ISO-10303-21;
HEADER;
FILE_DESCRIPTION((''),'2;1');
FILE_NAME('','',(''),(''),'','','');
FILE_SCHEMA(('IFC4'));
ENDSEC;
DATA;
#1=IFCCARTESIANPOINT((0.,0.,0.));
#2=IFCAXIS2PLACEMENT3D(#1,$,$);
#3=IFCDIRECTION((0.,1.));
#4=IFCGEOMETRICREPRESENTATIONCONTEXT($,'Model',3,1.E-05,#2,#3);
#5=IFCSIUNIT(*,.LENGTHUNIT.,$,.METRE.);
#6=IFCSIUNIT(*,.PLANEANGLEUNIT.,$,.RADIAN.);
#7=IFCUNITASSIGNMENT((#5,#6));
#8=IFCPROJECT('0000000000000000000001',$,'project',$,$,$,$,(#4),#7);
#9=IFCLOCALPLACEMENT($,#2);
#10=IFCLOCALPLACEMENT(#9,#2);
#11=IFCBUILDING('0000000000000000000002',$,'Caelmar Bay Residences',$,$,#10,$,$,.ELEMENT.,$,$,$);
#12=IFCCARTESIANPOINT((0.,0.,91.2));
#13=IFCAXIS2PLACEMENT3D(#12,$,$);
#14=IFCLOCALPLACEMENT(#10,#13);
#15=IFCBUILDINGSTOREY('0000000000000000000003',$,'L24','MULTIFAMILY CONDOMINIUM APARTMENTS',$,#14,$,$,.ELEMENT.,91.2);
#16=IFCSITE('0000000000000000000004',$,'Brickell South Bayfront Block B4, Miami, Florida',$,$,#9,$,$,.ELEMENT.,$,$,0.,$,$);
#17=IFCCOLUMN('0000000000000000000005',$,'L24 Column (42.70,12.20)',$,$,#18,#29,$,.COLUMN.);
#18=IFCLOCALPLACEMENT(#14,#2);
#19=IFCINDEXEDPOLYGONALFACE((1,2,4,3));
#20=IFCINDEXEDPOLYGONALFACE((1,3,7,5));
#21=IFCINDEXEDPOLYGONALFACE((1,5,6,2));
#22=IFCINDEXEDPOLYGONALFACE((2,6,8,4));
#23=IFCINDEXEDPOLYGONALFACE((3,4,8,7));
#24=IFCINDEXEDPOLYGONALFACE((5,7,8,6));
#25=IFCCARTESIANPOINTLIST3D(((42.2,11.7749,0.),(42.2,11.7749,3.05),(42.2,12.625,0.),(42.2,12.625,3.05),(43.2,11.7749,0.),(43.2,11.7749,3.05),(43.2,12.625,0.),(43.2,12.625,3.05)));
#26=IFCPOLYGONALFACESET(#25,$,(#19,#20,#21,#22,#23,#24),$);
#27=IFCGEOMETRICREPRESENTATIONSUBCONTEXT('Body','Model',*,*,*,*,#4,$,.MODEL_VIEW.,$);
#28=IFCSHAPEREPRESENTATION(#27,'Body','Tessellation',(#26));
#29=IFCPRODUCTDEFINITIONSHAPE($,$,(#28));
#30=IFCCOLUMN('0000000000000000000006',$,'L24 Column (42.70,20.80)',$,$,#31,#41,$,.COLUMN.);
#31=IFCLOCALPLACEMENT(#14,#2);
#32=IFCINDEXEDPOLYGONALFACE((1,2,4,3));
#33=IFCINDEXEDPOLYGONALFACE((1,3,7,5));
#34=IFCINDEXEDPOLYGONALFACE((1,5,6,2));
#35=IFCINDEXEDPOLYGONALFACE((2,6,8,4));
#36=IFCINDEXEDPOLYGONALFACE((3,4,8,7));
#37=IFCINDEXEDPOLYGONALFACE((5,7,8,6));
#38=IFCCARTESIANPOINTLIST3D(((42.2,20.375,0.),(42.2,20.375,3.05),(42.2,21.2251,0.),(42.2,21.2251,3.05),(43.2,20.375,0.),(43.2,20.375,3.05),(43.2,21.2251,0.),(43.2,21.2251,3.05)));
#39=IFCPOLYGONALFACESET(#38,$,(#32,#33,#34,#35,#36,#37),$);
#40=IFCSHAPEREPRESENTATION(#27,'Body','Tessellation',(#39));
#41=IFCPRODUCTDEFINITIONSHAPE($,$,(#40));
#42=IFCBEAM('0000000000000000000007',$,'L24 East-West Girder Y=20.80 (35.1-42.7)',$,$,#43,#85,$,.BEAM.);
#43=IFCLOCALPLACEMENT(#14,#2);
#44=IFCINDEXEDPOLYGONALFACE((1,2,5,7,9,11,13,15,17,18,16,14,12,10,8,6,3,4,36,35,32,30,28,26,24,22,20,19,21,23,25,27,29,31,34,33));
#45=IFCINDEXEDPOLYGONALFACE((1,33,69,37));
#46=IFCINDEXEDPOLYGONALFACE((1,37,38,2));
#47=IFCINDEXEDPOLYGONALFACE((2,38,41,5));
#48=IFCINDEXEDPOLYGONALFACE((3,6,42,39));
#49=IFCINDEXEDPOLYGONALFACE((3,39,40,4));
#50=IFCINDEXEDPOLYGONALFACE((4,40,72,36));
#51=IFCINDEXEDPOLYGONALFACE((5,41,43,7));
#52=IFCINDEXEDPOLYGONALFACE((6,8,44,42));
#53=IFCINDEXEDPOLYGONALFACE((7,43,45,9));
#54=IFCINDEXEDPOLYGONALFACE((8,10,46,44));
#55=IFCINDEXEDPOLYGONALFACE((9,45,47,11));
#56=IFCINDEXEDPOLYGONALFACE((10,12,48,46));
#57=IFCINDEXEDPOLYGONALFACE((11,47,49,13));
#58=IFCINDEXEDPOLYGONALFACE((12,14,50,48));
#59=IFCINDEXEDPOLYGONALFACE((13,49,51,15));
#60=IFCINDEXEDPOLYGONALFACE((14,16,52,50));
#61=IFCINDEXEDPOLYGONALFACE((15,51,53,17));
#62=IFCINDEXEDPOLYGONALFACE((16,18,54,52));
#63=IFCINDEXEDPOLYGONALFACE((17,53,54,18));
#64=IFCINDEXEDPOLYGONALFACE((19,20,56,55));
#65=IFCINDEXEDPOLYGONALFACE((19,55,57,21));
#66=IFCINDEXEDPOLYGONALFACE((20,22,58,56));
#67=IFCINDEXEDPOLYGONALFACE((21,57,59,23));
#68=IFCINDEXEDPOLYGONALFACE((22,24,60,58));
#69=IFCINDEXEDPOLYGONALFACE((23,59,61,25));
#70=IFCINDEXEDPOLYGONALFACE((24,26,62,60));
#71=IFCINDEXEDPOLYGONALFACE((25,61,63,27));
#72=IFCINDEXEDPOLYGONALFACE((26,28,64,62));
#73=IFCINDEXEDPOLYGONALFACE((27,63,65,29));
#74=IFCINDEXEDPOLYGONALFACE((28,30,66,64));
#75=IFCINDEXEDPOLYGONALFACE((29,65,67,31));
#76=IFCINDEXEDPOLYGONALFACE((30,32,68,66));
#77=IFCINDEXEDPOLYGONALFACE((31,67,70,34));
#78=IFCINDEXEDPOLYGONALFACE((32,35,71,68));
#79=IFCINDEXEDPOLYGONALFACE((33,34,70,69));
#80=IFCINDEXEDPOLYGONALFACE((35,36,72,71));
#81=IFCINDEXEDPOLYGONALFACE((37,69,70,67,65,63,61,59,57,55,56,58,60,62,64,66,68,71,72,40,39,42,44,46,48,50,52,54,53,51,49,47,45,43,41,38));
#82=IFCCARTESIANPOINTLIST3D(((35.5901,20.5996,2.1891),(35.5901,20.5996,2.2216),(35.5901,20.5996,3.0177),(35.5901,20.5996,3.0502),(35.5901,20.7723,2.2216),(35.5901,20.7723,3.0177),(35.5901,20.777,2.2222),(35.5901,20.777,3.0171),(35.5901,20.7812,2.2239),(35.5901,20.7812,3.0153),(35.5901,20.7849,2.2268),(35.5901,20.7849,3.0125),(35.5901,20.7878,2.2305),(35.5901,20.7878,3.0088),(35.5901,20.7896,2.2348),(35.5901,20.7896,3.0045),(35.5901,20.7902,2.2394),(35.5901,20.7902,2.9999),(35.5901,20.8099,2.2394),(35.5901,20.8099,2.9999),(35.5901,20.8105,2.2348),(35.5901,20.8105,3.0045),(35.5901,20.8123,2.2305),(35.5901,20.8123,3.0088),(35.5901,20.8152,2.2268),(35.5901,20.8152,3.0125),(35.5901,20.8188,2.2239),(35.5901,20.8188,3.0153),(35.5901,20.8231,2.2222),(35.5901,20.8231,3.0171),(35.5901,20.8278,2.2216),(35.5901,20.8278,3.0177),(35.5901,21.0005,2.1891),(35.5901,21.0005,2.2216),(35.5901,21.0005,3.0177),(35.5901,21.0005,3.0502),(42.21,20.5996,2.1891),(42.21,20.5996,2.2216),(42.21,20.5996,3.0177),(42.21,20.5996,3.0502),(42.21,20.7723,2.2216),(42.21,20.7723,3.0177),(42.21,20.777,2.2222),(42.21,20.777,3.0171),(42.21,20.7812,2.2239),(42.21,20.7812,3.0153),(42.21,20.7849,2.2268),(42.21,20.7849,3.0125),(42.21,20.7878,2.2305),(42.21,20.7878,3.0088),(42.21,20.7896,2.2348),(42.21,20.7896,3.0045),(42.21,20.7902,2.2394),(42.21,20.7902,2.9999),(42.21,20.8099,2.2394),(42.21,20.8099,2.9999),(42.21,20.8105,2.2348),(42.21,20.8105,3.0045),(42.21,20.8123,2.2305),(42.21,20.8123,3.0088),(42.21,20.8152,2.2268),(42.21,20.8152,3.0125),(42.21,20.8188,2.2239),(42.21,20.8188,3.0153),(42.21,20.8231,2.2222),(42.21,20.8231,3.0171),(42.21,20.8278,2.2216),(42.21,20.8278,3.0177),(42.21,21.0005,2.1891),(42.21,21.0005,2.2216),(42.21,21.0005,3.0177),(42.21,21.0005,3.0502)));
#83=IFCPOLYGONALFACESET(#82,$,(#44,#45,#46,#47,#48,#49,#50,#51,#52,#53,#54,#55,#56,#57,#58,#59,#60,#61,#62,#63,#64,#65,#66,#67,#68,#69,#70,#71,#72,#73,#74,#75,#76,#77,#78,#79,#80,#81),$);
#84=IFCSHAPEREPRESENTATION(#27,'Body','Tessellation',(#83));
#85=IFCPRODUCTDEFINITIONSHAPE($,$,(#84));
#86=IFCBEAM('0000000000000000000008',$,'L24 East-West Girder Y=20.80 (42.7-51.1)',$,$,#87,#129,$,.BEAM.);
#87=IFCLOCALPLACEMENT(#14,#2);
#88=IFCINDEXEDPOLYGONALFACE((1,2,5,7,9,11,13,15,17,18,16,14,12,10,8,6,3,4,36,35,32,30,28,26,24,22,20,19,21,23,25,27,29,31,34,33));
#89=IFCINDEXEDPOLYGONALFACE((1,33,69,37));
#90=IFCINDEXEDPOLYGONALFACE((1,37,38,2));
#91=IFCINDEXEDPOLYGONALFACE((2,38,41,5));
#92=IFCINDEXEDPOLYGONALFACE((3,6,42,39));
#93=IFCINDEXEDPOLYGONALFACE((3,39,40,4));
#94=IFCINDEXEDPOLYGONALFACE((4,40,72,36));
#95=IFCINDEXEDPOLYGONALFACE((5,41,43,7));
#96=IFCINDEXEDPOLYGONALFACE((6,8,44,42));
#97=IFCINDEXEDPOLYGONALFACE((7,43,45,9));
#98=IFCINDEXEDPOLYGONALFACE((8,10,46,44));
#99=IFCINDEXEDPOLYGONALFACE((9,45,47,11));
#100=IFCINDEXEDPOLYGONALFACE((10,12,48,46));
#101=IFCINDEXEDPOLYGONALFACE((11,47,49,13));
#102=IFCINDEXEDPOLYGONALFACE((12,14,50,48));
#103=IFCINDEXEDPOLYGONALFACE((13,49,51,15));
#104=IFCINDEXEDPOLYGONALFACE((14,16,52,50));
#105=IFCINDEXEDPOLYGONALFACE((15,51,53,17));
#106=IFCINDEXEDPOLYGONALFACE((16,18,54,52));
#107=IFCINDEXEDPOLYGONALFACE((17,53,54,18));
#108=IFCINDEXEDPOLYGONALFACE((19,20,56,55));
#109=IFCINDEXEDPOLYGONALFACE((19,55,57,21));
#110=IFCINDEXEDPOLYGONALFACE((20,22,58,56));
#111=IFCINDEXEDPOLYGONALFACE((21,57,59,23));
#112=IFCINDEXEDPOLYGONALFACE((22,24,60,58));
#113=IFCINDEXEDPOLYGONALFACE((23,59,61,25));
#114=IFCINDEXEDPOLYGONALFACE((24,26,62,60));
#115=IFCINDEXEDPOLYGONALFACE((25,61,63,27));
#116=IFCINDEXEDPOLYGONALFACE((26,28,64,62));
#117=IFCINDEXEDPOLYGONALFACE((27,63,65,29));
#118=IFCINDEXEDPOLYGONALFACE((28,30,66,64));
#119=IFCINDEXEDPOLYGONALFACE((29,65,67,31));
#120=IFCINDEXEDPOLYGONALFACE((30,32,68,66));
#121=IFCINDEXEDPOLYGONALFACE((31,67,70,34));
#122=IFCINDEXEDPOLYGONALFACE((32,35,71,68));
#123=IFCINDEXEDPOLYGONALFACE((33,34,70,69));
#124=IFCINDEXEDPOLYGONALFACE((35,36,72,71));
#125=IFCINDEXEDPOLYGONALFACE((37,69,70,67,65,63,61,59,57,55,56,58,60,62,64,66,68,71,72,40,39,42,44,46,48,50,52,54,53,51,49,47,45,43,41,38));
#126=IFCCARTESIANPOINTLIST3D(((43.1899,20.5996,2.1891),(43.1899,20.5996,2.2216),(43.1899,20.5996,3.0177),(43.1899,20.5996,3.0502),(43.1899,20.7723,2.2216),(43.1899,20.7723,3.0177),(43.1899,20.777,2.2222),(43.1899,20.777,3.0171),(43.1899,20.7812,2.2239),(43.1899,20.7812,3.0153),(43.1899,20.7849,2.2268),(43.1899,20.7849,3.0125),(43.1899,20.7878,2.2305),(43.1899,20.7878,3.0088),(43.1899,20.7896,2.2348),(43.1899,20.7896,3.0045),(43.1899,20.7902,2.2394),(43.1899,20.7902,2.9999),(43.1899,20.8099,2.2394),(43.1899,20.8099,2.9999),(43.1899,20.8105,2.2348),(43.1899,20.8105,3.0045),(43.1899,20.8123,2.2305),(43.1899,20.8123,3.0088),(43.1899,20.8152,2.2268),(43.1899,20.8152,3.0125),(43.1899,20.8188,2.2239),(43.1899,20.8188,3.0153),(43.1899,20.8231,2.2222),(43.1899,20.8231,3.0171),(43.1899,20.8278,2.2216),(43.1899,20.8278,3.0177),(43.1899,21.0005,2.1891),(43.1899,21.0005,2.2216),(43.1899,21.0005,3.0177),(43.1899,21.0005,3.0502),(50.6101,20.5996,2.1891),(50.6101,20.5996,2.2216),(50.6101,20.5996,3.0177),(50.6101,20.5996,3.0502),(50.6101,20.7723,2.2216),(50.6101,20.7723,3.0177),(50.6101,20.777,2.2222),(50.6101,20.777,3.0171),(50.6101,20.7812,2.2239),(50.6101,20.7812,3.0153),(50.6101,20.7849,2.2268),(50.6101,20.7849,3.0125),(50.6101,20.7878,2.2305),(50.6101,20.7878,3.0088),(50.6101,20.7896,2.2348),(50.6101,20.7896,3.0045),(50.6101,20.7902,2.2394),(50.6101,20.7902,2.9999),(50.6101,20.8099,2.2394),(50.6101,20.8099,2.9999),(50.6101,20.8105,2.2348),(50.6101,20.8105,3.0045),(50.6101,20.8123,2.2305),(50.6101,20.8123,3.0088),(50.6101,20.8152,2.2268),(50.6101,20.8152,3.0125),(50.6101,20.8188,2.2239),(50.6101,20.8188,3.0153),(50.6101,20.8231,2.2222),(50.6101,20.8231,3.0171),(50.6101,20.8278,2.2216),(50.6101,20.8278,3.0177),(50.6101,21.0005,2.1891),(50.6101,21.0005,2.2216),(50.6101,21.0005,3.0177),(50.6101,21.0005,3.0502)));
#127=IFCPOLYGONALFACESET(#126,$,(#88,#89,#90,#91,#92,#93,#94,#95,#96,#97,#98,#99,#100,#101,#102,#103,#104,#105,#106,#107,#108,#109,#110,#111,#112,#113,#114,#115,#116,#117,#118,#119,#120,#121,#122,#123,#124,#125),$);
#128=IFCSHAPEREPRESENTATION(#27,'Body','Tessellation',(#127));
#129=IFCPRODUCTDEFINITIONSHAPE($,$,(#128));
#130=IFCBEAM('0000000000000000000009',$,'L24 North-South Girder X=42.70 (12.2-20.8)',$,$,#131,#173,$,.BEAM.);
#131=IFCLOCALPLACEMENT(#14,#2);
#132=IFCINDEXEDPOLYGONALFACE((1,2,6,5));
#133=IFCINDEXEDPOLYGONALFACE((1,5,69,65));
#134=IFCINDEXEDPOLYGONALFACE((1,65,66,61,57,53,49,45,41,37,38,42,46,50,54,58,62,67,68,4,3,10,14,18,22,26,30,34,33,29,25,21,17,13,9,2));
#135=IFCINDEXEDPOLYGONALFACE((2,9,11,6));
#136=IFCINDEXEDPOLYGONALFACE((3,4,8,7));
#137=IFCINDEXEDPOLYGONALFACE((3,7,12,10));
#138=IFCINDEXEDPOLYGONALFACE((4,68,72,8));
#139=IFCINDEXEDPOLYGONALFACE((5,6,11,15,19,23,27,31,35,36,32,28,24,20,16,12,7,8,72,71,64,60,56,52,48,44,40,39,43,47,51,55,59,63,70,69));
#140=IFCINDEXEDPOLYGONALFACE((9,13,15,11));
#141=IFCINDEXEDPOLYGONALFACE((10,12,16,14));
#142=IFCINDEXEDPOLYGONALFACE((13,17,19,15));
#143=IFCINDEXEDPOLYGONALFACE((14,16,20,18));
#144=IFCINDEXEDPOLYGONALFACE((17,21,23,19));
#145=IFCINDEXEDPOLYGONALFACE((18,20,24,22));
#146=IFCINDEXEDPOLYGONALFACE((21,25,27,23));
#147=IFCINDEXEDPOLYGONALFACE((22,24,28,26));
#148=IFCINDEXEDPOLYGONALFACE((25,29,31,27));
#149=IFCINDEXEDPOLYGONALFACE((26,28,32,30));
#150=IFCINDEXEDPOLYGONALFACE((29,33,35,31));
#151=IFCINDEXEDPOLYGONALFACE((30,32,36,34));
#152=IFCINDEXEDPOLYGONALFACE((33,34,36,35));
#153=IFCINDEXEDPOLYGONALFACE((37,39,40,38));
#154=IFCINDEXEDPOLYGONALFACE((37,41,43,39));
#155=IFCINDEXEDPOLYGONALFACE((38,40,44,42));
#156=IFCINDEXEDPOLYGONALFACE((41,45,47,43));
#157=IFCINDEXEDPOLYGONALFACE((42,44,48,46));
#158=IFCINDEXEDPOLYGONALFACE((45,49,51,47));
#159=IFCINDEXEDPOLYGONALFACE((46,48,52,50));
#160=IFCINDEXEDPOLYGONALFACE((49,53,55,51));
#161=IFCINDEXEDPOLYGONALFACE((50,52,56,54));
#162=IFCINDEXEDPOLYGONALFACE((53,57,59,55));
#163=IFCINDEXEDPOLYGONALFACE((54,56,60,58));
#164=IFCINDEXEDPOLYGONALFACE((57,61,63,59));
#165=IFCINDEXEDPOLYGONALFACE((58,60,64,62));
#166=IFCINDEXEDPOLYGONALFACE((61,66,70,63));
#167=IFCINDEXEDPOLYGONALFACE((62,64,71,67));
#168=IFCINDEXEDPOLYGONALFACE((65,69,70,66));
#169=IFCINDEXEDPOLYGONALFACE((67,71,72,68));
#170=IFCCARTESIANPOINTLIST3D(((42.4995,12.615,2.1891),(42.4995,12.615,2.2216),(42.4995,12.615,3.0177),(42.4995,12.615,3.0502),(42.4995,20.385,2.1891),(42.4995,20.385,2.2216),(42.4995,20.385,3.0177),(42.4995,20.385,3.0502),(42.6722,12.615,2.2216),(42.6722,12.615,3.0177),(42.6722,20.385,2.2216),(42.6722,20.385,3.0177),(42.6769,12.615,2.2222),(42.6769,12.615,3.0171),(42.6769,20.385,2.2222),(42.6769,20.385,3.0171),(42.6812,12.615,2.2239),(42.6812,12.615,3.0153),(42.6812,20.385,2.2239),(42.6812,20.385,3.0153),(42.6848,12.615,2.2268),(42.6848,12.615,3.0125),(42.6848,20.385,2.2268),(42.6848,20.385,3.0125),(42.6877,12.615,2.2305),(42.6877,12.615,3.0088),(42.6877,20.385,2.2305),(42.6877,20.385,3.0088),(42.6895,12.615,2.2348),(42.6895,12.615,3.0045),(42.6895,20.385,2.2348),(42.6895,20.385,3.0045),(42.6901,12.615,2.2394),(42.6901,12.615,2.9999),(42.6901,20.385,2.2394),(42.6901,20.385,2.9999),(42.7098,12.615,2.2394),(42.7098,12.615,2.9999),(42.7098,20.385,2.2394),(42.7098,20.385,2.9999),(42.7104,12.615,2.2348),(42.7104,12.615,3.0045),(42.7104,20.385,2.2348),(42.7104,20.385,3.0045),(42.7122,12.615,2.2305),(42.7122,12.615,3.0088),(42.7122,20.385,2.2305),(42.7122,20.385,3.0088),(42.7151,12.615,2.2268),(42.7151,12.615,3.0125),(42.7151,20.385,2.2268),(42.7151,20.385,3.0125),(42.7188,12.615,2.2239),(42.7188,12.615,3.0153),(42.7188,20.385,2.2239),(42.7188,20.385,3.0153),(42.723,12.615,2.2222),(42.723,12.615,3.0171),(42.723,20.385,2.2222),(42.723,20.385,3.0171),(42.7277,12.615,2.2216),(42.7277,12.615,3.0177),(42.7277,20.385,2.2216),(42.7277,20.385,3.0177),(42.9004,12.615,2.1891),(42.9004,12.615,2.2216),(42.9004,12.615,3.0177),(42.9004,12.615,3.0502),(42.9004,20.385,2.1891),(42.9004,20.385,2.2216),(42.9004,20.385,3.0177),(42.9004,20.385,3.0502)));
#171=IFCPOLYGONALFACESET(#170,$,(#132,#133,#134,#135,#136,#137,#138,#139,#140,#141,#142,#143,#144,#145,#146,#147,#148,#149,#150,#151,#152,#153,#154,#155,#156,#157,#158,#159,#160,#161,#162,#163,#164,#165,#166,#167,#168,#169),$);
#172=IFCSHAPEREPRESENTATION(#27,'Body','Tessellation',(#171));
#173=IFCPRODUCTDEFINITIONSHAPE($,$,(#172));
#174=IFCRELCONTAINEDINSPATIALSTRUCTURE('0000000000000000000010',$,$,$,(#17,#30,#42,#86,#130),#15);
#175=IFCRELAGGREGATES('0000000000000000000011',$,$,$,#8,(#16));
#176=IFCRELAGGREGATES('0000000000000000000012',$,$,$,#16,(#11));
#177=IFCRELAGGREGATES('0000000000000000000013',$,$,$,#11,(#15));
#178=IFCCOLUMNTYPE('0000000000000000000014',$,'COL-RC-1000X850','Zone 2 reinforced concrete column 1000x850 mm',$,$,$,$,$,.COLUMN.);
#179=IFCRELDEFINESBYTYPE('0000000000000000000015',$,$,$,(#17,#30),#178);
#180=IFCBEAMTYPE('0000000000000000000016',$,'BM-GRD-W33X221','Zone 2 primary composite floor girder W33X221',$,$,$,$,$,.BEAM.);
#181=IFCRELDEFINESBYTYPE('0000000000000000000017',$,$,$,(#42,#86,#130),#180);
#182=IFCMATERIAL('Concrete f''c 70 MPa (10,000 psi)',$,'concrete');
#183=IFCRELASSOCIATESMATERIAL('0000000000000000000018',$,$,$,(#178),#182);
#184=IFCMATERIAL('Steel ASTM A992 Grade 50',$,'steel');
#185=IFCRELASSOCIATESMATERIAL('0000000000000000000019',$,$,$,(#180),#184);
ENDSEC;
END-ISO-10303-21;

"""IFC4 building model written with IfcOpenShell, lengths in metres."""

from ifc_helpers import new_model, si_unit, direction, frame, origin, origin_2d, place, context, subcontext, project, spatial, rectangle, i_section, extrude, material, material_profile, profile_set, type_object, element, save


model = new_model("IFC4")

# Units and contexts
model_context = context("Model", 3, precision=1e-05, world=origin(), true_north=direction((0.0, 1.0)))
body_context = subcontext(model_context, "Body", "Model", "MODEL_VIEW")
ifc_project = project(units=[si_unit("LENGTHUNIT", "METRE"), si_unit("PLANEANGLEUNIT", "RADIAN")], contexts=[model_context])

# Site, building, storey
site_placement = place(None, origin())
site = spatial("IfcSite", under=ifc_project, at=site_placement, Name="Brickell South Bayfront Block B4, Miami, Florida", CompositionType="ELEMENT", RefElevation=0.0)
building_placement = place(site_placement, origin())
building = spatial("IfcBuilding", under=site, at=building_placement, Name="Caelmar Bay Residences", CompositionType="ELEMENT")
storey_placement = place(building_placement, frame((0.0, 0.0, 91.2)))
storey = spatial("IfcBuildingStorey", under=building, at=storey_placement, Name="L24", Description="MULTIFAMILY CONDOMINIUM APARTMENTS", CompositionType="ELEMENT", Elevation=91.2)

# Columns
ifc_material_1 = material(Name="Concrete f'c 70 MPa (10,000 psi)", Category="concrete")
ifc_material_profile_1 = material_profile(ifc_material_1, rectangle(XDim=1.0, YDim=0.8501, at=origin_2d()), Name="RC-COL-1000X850")
ifc_profile_set_1 = profile_set([ifc_material_profile_1], Name="Concrete f'c 70 MPa (10,000 psi)")
column_type = type_object("IfcColumnType", Name="COL-RC-1000X850", Description="Zone 2 reinforced concrete column 1000x850 mm", PredefinedType="COLUMN", material=ifc_profile_set_1)
for number, where, z_axis, x_axis, name in (
    (1, (42.7, 12.2, 0.0), (0.0, 0.0, 1.0), (1.0, 0.0, 0.0), "L24 Column (42.70,12.20)"),
    (2, (42.7, 20.8, 0.0), (0.0, 0.0, 1.0), (1.0, 0.0, 0.0), "L24 Column (42.70,20.80)"),
):
    element("IfcColumn", number, at=place(storey_placement, frame(where, z_axis=z_axis, x_axis=x_axis)), inside=storey, type_object=column_type, Name=name, PredefinedType="COLUMN", context=body_context, shape_type="SweptSolid", body=[
        extrude(rectangle(XDim=1.0, YDim=0.8501, at=origin_2d()), origin(), (0.0, 0.0, 1.0), 3.05),
    ])

# Beams
ifc_material_2 = material(Name="Steel ASTM A992 Grade 50", Category="steel")
ifc_material_profile_2 = material_profile(ifc_material_2, i_section(OverallWidth=0.4009, OverallDepth=0.8611, WebThickness=0.0198, FlangeThickness=0.0325, FilletRadius=0.0178, at=origin_2d()), Name="W33X221")
ifc_profile_set_2 = profile_set([ifc_material_profile_2], Name="Steel ASTM A992 Grade 50")
beam_type_1 = type_object("IfcBeamType", Name="BM-GRD-W33X221", Description="Zone 2 primary composite floor girder W33X221", PredefinedType="BEAM", material=ifc_profile_set_2)
beam_1_placement = place(storey_placement, frame((35.5901, 20.8, 2.6196), z_axis=(1.0, 0.0, 0.0), x_axis=(0.0, 1.0, 0.0)))
element("IfcBeam", 3, at=beam_1_placement, inside=storey, type_object=beam_type_1, Name="L24 East-West Girder Y=20.80 (35.1-42.7)", PredefinedType="BEAM", context=body_context, shape_type="SweptSolid", body=[
    extrude(i_section(OverallWidth=0.4009, OverallDepth=0.8611, WebThickness=0.0198, FlangeThickness=0.0325, FilletRadius=0.0178, at=origin_2d()), origin(), (0.0, 0.0, 1.0), 6.6199),
])
beam_2_placement = place(storey_placement, frame((43.1899, 20.8, 2.6196), z_axis=(1.0, 0.0, 0.0), x_axis=(0.0, 1.0, 0.0)))
element("IfcBeam", 4, at=beam_2_placement, inside=storey, type_object=beam_type_1, Name="L24 East-West Girder Y=20.80 (42.7-51.1)", PredefinedType="BEAM", context=body_context, shape_type="SweptSolid", body=[
    extrude(i_section(OverallWidth=0.4009, OverallDepth=0.8611, WebThickness=0.0198, FlangeThickness=0.0325, FilletRadius=0.0178, at=origin_2d()), origin(), (0.0, 0.0, 1.0), 7.4202),
])
for number, where, z_axis, x_axis, name in (
    (5, (42.7, 12.615, 2.6196), (0.0, 1.0, 0.0), (-1.0, 0.0, 0.0), "L24 North-South Girder X=42.70 (12.2-20.8)"),
):
    element("IfcBeam", number, at=place(storey_placement, frame(where, z_axis=z_axis, x_axis=x_axis)), inside=storey, type_object=beam_type_1, Name=name, PredefinedType="BEAM", context=body_context, shape_type="SweptSolid", body=[
        extrude(i_section(OverallWidth=0.4009, OverallDepth=0.8611, WebThickness=0.0198, FlangeThickness=0.0325, FilletRadius=0.0178, at=origin_2d()), origin(), (0.0, 0.0, 1.0), 7.77),
    ])

save(model, "model.ifc")
